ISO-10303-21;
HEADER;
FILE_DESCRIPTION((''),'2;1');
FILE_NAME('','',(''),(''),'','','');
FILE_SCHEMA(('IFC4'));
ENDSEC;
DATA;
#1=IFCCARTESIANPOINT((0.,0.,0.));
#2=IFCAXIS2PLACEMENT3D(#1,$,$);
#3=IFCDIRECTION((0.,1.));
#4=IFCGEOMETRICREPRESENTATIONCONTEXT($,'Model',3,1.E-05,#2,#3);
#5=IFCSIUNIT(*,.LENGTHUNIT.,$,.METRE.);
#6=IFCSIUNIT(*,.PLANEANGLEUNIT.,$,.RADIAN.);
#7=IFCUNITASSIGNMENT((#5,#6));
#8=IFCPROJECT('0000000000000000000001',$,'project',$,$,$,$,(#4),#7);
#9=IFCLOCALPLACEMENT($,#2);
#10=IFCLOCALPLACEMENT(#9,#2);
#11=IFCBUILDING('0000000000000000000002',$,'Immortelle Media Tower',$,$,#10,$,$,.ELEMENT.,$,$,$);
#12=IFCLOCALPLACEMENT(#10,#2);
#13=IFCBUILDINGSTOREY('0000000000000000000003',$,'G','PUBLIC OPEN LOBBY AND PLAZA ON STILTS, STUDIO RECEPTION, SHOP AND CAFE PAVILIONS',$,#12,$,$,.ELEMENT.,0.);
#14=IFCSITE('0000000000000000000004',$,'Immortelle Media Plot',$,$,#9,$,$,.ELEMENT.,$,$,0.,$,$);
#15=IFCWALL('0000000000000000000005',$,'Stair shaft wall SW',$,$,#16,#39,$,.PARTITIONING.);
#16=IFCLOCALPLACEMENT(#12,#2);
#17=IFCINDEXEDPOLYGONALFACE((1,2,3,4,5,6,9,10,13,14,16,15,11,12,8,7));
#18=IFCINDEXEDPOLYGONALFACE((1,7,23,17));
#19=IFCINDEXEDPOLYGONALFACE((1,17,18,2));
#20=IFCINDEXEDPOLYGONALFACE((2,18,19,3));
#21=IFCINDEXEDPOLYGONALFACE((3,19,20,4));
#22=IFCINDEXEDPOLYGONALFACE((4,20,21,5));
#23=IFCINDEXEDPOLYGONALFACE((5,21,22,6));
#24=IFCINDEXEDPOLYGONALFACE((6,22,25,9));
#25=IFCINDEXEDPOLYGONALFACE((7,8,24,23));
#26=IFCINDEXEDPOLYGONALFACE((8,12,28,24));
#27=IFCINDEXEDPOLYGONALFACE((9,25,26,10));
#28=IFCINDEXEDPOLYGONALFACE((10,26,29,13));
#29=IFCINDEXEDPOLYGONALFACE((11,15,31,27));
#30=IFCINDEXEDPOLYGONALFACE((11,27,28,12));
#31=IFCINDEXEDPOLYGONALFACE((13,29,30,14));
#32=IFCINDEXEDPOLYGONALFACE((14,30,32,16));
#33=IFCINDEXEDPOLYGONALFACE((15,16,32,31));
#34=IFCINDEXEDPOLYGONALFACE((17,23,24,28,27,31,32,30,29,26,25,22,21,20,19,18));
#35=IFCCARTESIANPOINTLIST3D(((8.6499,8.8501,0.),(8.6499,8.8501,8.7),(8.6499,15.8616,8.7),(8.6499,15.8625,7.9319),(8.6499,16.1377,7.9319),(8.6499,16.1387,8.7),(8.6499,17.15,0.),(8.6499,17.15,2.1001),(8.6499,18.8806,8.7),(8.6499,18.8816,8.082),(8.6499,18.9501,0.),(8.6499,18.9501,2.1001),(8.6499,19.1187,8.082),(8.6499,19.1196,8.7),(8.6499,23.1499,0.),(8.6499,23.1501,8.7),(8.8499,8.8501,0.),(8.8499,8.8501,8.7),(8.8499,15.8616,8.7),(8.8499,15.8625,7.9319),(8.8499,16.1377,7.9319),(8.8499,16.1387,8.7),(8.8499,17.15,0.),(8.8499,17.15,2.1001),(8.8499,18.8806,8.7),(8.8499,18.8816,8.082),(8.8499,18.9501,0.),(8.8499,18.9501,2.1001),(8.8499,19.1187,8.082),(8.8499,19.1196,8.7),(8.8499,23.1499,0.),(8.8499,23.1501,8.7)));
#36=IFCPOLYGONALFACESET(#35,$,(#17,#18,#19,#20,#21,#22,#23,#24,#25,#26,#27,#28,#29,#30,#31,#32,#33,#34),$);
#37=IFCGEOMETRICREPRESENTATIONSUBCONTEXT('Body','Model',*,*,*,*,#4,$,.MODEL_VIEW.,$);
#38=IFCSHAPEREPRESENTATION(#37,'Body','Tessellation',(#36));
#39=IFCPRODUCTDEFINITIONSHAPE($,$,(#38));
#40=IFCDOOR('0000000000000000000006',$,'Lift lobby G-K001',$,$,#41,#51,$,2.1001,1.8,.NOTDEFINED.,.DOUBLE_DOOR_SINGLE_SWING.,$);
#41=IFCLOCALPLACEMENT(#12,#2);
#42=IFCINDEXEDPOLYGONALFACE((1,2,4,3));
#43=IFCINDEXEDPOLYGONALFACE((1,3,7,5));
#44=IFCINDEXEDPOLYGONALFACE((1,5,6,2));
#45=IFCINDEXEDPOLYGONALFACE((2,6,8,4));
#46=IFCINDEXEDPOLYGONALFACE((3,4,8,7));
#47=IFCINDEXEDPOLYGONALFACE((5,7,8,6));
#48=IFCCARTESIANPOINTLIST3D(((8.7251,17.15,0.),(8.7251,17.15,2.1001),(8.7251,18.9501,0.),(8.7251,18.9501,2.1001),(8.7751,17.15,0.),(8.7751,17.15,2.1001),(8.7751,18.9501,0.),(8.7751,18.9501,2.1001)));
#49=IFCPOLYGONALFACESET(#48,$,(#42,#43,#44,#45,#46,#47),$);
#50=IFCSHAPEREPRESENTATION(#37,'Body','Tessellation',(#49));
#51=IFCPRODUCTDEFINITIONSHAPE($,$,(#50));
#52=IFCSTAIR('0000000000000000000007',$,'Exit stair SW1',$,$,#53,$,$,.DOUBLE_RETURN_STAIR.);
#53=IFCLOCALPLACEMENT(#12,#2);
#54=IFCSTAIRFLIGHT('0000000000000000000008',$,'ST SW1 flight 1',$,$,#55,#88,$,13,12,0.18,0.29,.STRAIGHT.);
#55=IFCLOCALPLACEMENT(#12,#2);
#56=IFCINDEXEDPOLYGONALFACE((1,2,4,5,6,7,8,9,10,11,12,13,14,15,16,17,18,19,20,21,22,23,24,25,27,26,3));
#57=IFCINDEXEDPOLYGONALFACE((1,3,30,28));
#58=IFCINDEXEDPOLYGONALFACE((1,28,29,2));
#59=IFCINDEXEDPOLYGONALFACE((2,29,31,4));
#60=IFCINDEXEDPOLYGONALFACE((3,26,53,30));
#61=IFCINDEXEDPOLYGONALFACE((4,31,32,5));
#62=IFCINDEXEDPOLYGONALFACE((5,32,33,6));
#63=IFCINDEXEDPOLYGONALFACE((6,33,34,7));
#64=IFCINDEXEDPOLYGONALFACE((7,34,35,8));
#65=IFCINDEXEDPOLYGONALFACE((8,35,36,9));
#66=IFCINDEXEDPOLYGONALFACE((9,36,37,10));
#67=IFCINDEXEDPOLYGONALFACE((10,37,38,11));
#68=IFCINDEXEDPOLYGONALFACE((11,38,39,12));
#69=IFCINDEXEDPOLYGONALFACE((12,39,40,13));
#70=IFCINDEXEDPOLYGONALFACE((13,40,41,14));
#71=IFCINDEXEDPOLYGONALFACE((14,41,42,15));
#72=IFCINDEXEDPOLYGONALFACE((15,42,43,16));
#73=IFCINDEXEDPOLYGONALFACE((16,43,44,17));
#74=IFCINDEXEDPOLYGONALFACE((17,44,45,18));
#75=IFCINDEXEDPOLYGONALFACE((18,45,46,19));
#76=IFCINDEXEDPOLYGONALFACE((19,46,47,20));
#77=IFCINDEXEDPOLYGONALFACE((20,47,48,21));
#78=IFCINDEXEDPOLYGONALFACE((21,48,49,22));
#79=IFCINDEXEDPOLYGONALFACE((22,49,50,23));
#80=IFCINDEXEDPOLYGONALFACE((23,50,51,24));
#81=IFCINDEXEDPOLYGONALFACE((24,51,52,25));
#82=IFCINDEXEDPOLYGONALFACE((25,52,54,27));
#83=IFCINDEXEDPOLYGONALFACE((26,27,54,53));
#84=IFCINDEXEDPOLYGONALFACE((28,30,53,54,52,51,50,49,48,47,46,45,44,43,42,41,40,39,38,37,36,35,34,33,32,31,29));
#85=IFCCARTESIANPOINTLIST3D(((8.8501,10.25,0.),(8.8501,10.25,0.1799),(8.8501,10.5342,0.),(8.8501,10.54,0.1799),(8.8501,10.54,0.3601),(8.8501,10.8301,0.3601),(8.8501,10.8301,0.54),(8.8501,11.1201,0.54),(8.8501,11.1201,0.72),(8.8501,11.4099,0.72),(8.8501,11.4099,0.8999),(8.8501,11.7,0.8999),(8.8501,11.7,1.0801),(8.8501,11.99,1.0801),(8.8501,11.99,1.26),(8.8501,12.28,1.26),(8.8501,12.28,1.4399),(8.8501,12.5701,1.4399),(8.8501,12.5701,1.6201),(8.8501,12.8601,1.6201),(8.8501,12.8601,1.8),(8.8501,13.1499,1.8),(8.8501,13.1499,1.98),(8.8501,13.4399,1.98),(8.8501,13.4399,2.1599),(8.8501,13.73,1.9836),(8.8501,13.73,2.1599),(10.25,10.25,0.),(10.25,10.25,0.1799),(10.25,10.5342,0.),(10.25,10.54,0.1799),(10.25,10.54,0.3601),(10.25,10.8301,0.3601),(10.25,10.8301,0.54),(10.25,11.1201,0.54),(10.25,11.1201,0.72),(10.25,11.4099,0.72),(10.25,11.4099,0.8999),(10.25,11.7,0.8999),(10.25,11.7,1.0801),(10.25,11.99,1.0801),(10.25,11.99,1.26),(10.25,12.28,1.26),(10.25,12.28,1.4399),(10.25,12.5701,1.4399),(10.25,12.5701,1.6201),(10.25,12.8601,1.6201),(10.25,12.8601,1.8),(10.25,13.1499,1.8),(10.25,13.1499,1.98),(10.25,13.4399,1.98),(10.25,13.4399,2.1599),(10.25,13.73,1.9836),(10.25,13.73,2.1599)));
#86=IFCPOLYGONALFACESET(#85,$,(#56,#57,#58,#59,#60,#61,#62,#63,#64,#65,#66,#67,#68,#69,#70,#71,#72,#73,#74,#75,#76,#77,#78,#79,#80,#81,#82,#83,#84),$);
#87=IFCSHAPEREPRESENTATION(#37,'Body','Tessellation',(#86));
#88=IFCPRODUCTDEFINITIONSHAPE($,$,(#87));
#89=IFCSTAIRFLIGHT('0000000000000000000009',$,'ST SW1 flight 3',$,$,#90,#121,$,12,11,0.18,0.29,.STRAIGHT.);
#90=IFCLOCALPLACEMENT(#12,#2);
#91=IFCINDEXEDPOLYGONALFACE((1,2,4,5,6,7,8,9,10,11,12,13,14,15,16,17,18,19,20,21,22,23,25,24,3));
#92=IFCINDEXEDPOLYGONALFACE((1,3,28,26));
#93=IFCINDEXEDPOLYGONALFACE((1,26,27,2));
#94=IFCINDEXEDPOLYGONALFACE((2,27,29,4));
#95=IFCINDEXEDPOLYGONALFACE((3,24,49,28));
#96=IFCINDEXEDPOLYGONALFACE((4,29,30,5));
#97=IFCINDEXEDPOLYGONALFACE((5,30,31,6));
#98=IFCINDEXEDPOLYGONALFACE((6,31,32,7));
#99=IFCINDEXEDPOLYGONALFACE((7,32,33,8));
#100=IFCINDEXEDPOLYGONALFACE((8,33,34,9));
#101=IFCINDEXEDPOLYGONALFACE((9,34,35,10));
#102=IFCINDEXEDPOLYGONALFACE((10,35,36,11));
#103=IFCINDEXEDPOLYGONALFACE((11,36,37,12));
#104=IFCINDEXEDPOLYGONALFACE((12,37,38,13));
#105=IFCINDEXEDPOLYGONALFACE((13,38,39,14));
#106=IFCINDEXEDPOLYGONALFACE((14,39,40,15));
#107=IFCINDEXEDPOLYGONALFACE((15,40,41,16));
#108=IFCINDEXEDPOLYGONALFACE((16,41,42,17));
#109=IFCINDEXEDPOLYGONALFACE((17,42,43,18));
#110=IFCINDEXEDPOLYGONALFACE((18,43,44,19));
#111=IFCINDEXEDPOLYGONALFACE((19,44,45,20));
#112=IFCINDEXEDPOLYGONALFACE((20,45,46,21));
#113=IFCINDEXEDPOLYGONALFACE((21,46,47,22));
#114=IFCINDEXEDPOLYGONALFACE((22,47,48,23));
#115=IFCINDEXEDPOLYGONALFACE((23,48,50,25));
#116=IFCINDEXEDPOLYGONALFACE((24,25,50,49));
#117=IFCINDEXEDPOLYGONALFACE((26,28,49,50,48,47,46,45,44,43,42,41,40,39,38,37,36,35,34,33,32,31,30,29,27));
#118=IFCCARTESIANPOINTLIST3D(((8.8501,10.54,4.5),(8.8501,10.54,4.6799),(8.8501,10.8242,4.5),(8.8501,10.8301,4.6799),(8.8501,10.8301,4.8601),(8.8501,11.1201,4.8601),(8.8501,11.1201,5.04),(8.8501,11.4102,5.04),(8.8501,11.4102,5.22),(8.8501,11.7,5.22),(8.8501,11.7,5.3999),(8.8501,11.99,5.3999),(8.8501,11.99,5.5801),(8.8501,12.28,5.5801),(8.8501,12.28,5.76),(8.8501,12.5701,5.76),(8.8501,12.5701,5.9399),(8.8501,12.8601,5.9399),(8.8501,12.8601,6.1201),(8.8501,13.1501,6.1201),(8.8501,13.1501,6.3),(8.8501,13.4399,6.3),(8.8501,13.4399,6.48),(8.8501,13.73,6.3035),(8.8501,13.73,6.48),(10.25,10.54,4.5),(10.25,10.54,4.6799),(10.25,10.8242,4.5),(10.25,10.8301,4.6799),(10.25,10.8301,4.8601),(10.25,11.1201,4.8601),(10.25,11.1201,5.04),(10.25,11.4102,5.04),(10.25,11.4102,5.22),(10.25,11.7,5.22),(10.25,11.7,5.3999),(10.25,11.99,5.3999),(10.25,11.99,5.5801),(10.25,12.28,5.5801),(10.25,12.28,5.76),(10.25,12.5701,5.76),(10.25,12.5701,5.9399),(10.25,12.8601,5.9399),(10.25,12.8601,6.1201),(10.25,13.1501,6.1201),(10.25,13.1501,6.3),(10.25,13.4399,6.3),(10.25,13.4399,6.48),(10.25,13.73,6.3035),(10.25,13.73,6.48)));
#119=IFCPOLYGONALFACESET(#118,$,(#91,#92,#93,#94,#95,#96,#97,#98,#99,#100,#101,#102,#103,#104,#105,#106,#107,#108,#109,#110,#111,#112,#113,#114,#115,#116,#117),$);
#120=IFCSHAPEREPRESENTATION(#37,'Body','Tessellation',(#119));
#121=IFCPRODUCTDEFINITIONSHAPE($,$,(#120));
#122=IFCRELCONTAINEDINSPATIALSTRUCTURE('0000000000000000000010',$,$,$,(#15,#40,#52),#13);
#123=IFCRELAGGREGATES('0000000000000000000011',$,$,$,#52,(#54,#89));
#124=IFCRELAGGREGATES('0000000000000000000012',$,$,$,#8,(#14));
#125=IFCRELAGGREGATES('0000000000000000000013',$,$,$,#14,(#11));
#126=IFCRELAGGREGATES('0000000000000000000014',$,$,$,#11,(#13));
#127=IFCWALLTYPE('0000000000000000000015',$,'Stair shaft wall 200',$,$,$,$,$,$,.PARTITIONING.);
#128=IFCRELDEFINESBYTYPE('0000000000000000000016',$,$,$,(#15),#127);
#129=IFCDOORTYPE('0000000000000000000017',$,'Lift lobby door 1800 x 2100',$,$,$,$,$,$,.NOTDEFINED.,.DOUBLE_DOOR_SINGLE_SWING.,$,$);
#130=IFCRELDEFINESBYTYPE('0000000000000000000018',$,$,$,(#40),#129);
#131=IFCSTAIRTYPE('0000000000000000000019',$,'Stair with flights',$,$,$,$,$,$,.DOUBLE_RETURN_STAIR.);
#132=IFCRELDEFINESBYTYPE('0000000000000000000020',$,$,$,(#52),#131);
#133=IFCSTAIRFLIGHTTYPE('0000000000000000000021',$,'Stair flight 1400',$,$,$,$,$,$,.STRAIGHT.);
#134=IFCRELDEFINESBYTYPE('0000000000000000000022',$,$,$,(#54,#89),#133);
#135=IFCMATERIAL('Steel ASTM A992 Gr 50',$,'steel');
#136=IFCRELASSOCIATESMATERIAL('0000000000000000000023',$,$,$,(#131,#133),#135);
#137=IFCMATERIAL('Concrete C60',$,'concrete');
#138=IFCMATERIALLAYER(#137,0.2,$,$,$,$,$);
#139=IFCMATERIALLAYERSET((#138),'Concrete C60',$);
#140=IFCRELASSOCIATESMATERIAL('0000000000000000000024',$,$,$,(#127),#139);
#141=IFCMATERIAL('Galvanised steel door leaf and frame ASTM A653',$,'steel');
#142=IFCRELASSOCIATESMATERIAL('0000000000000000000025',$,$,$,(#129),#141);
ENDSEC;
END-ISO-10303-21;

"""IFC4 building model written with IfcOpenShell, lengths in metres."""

from ifc_helpers import new_model, si_unit, direction, frame, frame_2d, origin, place, context, subcontext, project, spatial, polyline, rectangle, outline, extrude, material, layer, layer_set, type_object, element, fill, aggregate, save


model = new_model("IFC4")

# Units and contexts
model_context = context("Model", 3, precision=1e-05, world=origin(), true_north=direction((0.0, 1.0)))
body_context = subcontext(model_context, "Body", "Model", "MODEL_VIEW")
ifc_project = project(units=[si_unit("LENGTHUNIT", "METRE"), si_unit("PLANEANGLEUNIT", "RADIAN")], contexts=[model_context])

# Site, building, storey
site_placement = place(None, origin())
site = spatial("IfcSite", under=ifc_project, at=site_placement, Name="Immortelle Media Plot", CompositionType="ELEMENT", RefElevation=0.0)
building_placement = place(site_placement, origin())
building = spatial("IfcBuilding", under=site, at=building_placement, Name="Immortelle Media Tower", CompositionType="ELEMENT")
storey_placement = place(building_placement, origin())
storey = spatial("IfcBuildingStorey", under=building, at=storey_placement, Name="G", Description="PUBLIC OPEN LOBBY AND PLAZA ON STILTS, STUDIO RECEPTION, SHOP AND CAFE PAVILIONS", CompositionType="ELEMENT", Elevation=0.0)

# Shared definitions
ifc_material_1 = material(Name="Steel ASTM A992 Gr 50", Category="steel")

# Shared definitions
stair_type = type_object("IfcStairType", Name="Stair with flights", PredefinedType="DOUBLE_RETURN_STAIR", material=ifc_material_1)

# Shared definitions
ifc_material_2 = material(Name="Concrete C60", Category="concrete")
ifc_layer_1 = layer(ifc_material_2, 0.2)
ifc_layer_set_1 = layer_set([ifc_layer_1], Name="Concrete C60")
wall_type = type_object("IfcWallType", Name="Stair shaft wall 200", PredefinedType="PARTITIONING", material=ifc_layer_set_1)
ifc_material_3 = material(Name="Galvanised steel door leaf and frame ASTM A653", Category="steel")

# Wall, opening, door
wall_1_placement = place(storey_placement, frame((8.75, 8.8501, 0.0), z_axis=(0.0, 0.0, 1.0), x_axis=(0.0, 1.0, 0.0)))
wall_1 = element("IfcWall", 1, at=wall_1_placement, inside=storey, type_object=wall_type, Name="Stair shaft wall SW", PredefinedType="PARTITIONING", context=body_context, shape_type="SweptSolid", body=[
    extrude(outline(polyline([(0.0, 0.0), (14.2998, 0.0), (14.3, 8.7), (10.2695, 8.7), (10.2686, 8.082), (10.0315, 8.082), (10.0305, 8.7), (7.2886, 8.7), (7.2876, 7.9319), (7.0125, 7.9319), (7.0115, 8.7), (0.0, 8.7), (0.0, 0.0)])), frame((0.0, 0.1001, 0.0), z_axis=(0.0, -1.0, 0.0), x_axis=(1.0, 0.0, 0.0)), (0.0, 0.0, 1.0), 0.2),
])
opening_1_placement = place(wall_1_placement, frame((8.3, 0.0, 0.0)))
opening_1 = element("IfcOpeningElement", 2, at=opening_1_placement, cuts=wall_1, PredefinedType="OPENING", context=body_context, shape_type="SweptSolid", body=[
    extrude(rectangle(XDim=1.8, YDim=2.1001, at=frame_2d((0.8999, 1.05))), frame((0.0, 0.1099, 0.0), z_axis=(0.0, -1.0, 0.0), x_axis=(1.0, 0.0, 0.0)), (0.0, 0.0, 1.0), 0.22),
])
door_type_1 = type_object("IfcDoorType", Name="Lift lobby door 1800 x 2100", OperationType="DOUBLE_DOOR_SINGLE_SWING", PredefinedType="NOTDEFINED", material=ifc_material_3)
door_1_placement = place(opening_1_placement, origin())
door_1 = element("IfcDoor", 3, at=door_1_placement, inside=storey, type_object=door_type_1, Name="Lift lobby G-K001", OperationType="DOUBLE_DOOR_SINGLE_SWING", OverallHeight=2.1001, OverallWidth=1.8, PredefinedType="NOTDEFINED", context=body_context, shape_type="SweptSolid", body=[
    extrude(rectangle(XDim=1.8, YDim=2.1001, at=frame_2d((0.8999, 1.05))), frame((0.0, 0.0249, 0.0), z_axis=(0.0, -1.0, 0.0), x_axis=(1.0, 0.0, 0.0)), (0.0, 0.0, 1.0), 0.05),
])
fill(opening_1, door_1)

# Stair, stair flights
stair_1_placement = place(storey_placement, origin())
stair_1 = element("IfcStair", 4, at=stair_1_placement, inside=storey, type_object=stair_type, Name="Exit stair SW1", PredefinedType="DOUBLE_RETURN_STAIR")
stair_flight_type = type_object("IfcStairFlightType", Name="Stair flight 1400", PredefinedType="STRAIGHT", material=ifc_material_1)
stair_flight_1_placement = place(storey_placement, frame((9.55, 10.25, 0.0), z_axis=(0.0, 0.0, 1.0), x_axis=(0.0, 1.0, 0.0)))
stair_flight_1 = element("IfcStairFlight", 5, at=stair_flight_1_placement, type_object=stair_flight_type, Name="ST SW1 flight 1", NumberOfRisers=13, NumberOfTreads=12, PredefinedType="STRAIGHT", RiserHeight=0.18, TreadLength=0.29, context=body_context, shape_type="SweptSolid", body=[
    extrude(outline(polyline([(0.0, 0.0), (0.0, 0.1799), (0.29, 0.1799), (0.29, 0.3601), (0.5801, 0.3601), (0.5801, 0.54), (0.8701, 0.54), (0.8701, 0.72), (1.1599, 0.72), (1.1599, 0.8999), (1.45, 0.8999), (1.45, 1.0801), (1.74, 1.0801), (1.74, 1.26), (2.03, 1.26), (2.03, 1.4399), (2.3201, 1.4399), (2.3201, 1.6201), (2.6101, 1.6201), (2.6101, 1.8), (2.8999, 1.8), (2.8999, 1.98), (3.1899, 1.98), (3.1899, 2.1599), (3.48, 2.1599), (3.48, 2.3401), (3.48, 1.9836), (0.2842, 0.0), (0.0, 0.0)])), frame((0.0, 0.7, 0.0), z_axis=(0.0, -1.0, 0.0), x_axis=(1.0, 0.0, 0.0)), (0.0, 0.0, 1.0), 1.3999),
])
stair_flight_2_placement = place(storey_placement, frame((9.55, 10.54, 4.5), z_axis=(0.0, 0.0, 1.0), x_axis=(0.0, 1.0, 0.0)))
stair_flight_2 = element("IfcStairFlight", 6, at=stair_flight_2_placement, type_object=stair_flight_type, Name="ST SW1 flight 3", NumberOfRisers=12, NumberOfTreads=11, PredefinedType="STRAIGHT", RiserHeight=0.18, TreadLength=0.29, context=body_context, shape_type="SweptSolid", body=[
    extrude(outline(polyline([(0.0, 0.0), (0.0, 0.1799), (0.29, 0.1799), (0.29, 0.3601), (0.5801, 0.3601), (0.5801, 0.54), (0.8701, 0.54), (0.8701, 0.72), (1.1599, 0.72), (1.1599, 0.8999), (1.45, 0.8999), (1.45, 1.0801), (1.74, 1.0801), (1.74, 1.26), (2.03, 1.26), (2.03, 1.4399), (2.3201, 1.4399), (2.3201, 1.6201), (2.6101, 1.6201), (2.6101, 1.8), (2.8999, 1.8), (2.8999, 1.98), (3.1899, 1.98), (3.1899, 2.1599), (3.1899, 1.8035), (0.2842, 0.0), (0.0, 0.0)])), frame((0.0, 0.7, 0.0), z_axis=(0.0, -1.0, 0.0), x_axis=(1.0, 0.0, 0.0)), (0.0, 0.0, 1.0), 1.3999),
])
aggregate(stair_1, [stair_flight_1, stair_flight_2])

save(model, "model.ifc")
